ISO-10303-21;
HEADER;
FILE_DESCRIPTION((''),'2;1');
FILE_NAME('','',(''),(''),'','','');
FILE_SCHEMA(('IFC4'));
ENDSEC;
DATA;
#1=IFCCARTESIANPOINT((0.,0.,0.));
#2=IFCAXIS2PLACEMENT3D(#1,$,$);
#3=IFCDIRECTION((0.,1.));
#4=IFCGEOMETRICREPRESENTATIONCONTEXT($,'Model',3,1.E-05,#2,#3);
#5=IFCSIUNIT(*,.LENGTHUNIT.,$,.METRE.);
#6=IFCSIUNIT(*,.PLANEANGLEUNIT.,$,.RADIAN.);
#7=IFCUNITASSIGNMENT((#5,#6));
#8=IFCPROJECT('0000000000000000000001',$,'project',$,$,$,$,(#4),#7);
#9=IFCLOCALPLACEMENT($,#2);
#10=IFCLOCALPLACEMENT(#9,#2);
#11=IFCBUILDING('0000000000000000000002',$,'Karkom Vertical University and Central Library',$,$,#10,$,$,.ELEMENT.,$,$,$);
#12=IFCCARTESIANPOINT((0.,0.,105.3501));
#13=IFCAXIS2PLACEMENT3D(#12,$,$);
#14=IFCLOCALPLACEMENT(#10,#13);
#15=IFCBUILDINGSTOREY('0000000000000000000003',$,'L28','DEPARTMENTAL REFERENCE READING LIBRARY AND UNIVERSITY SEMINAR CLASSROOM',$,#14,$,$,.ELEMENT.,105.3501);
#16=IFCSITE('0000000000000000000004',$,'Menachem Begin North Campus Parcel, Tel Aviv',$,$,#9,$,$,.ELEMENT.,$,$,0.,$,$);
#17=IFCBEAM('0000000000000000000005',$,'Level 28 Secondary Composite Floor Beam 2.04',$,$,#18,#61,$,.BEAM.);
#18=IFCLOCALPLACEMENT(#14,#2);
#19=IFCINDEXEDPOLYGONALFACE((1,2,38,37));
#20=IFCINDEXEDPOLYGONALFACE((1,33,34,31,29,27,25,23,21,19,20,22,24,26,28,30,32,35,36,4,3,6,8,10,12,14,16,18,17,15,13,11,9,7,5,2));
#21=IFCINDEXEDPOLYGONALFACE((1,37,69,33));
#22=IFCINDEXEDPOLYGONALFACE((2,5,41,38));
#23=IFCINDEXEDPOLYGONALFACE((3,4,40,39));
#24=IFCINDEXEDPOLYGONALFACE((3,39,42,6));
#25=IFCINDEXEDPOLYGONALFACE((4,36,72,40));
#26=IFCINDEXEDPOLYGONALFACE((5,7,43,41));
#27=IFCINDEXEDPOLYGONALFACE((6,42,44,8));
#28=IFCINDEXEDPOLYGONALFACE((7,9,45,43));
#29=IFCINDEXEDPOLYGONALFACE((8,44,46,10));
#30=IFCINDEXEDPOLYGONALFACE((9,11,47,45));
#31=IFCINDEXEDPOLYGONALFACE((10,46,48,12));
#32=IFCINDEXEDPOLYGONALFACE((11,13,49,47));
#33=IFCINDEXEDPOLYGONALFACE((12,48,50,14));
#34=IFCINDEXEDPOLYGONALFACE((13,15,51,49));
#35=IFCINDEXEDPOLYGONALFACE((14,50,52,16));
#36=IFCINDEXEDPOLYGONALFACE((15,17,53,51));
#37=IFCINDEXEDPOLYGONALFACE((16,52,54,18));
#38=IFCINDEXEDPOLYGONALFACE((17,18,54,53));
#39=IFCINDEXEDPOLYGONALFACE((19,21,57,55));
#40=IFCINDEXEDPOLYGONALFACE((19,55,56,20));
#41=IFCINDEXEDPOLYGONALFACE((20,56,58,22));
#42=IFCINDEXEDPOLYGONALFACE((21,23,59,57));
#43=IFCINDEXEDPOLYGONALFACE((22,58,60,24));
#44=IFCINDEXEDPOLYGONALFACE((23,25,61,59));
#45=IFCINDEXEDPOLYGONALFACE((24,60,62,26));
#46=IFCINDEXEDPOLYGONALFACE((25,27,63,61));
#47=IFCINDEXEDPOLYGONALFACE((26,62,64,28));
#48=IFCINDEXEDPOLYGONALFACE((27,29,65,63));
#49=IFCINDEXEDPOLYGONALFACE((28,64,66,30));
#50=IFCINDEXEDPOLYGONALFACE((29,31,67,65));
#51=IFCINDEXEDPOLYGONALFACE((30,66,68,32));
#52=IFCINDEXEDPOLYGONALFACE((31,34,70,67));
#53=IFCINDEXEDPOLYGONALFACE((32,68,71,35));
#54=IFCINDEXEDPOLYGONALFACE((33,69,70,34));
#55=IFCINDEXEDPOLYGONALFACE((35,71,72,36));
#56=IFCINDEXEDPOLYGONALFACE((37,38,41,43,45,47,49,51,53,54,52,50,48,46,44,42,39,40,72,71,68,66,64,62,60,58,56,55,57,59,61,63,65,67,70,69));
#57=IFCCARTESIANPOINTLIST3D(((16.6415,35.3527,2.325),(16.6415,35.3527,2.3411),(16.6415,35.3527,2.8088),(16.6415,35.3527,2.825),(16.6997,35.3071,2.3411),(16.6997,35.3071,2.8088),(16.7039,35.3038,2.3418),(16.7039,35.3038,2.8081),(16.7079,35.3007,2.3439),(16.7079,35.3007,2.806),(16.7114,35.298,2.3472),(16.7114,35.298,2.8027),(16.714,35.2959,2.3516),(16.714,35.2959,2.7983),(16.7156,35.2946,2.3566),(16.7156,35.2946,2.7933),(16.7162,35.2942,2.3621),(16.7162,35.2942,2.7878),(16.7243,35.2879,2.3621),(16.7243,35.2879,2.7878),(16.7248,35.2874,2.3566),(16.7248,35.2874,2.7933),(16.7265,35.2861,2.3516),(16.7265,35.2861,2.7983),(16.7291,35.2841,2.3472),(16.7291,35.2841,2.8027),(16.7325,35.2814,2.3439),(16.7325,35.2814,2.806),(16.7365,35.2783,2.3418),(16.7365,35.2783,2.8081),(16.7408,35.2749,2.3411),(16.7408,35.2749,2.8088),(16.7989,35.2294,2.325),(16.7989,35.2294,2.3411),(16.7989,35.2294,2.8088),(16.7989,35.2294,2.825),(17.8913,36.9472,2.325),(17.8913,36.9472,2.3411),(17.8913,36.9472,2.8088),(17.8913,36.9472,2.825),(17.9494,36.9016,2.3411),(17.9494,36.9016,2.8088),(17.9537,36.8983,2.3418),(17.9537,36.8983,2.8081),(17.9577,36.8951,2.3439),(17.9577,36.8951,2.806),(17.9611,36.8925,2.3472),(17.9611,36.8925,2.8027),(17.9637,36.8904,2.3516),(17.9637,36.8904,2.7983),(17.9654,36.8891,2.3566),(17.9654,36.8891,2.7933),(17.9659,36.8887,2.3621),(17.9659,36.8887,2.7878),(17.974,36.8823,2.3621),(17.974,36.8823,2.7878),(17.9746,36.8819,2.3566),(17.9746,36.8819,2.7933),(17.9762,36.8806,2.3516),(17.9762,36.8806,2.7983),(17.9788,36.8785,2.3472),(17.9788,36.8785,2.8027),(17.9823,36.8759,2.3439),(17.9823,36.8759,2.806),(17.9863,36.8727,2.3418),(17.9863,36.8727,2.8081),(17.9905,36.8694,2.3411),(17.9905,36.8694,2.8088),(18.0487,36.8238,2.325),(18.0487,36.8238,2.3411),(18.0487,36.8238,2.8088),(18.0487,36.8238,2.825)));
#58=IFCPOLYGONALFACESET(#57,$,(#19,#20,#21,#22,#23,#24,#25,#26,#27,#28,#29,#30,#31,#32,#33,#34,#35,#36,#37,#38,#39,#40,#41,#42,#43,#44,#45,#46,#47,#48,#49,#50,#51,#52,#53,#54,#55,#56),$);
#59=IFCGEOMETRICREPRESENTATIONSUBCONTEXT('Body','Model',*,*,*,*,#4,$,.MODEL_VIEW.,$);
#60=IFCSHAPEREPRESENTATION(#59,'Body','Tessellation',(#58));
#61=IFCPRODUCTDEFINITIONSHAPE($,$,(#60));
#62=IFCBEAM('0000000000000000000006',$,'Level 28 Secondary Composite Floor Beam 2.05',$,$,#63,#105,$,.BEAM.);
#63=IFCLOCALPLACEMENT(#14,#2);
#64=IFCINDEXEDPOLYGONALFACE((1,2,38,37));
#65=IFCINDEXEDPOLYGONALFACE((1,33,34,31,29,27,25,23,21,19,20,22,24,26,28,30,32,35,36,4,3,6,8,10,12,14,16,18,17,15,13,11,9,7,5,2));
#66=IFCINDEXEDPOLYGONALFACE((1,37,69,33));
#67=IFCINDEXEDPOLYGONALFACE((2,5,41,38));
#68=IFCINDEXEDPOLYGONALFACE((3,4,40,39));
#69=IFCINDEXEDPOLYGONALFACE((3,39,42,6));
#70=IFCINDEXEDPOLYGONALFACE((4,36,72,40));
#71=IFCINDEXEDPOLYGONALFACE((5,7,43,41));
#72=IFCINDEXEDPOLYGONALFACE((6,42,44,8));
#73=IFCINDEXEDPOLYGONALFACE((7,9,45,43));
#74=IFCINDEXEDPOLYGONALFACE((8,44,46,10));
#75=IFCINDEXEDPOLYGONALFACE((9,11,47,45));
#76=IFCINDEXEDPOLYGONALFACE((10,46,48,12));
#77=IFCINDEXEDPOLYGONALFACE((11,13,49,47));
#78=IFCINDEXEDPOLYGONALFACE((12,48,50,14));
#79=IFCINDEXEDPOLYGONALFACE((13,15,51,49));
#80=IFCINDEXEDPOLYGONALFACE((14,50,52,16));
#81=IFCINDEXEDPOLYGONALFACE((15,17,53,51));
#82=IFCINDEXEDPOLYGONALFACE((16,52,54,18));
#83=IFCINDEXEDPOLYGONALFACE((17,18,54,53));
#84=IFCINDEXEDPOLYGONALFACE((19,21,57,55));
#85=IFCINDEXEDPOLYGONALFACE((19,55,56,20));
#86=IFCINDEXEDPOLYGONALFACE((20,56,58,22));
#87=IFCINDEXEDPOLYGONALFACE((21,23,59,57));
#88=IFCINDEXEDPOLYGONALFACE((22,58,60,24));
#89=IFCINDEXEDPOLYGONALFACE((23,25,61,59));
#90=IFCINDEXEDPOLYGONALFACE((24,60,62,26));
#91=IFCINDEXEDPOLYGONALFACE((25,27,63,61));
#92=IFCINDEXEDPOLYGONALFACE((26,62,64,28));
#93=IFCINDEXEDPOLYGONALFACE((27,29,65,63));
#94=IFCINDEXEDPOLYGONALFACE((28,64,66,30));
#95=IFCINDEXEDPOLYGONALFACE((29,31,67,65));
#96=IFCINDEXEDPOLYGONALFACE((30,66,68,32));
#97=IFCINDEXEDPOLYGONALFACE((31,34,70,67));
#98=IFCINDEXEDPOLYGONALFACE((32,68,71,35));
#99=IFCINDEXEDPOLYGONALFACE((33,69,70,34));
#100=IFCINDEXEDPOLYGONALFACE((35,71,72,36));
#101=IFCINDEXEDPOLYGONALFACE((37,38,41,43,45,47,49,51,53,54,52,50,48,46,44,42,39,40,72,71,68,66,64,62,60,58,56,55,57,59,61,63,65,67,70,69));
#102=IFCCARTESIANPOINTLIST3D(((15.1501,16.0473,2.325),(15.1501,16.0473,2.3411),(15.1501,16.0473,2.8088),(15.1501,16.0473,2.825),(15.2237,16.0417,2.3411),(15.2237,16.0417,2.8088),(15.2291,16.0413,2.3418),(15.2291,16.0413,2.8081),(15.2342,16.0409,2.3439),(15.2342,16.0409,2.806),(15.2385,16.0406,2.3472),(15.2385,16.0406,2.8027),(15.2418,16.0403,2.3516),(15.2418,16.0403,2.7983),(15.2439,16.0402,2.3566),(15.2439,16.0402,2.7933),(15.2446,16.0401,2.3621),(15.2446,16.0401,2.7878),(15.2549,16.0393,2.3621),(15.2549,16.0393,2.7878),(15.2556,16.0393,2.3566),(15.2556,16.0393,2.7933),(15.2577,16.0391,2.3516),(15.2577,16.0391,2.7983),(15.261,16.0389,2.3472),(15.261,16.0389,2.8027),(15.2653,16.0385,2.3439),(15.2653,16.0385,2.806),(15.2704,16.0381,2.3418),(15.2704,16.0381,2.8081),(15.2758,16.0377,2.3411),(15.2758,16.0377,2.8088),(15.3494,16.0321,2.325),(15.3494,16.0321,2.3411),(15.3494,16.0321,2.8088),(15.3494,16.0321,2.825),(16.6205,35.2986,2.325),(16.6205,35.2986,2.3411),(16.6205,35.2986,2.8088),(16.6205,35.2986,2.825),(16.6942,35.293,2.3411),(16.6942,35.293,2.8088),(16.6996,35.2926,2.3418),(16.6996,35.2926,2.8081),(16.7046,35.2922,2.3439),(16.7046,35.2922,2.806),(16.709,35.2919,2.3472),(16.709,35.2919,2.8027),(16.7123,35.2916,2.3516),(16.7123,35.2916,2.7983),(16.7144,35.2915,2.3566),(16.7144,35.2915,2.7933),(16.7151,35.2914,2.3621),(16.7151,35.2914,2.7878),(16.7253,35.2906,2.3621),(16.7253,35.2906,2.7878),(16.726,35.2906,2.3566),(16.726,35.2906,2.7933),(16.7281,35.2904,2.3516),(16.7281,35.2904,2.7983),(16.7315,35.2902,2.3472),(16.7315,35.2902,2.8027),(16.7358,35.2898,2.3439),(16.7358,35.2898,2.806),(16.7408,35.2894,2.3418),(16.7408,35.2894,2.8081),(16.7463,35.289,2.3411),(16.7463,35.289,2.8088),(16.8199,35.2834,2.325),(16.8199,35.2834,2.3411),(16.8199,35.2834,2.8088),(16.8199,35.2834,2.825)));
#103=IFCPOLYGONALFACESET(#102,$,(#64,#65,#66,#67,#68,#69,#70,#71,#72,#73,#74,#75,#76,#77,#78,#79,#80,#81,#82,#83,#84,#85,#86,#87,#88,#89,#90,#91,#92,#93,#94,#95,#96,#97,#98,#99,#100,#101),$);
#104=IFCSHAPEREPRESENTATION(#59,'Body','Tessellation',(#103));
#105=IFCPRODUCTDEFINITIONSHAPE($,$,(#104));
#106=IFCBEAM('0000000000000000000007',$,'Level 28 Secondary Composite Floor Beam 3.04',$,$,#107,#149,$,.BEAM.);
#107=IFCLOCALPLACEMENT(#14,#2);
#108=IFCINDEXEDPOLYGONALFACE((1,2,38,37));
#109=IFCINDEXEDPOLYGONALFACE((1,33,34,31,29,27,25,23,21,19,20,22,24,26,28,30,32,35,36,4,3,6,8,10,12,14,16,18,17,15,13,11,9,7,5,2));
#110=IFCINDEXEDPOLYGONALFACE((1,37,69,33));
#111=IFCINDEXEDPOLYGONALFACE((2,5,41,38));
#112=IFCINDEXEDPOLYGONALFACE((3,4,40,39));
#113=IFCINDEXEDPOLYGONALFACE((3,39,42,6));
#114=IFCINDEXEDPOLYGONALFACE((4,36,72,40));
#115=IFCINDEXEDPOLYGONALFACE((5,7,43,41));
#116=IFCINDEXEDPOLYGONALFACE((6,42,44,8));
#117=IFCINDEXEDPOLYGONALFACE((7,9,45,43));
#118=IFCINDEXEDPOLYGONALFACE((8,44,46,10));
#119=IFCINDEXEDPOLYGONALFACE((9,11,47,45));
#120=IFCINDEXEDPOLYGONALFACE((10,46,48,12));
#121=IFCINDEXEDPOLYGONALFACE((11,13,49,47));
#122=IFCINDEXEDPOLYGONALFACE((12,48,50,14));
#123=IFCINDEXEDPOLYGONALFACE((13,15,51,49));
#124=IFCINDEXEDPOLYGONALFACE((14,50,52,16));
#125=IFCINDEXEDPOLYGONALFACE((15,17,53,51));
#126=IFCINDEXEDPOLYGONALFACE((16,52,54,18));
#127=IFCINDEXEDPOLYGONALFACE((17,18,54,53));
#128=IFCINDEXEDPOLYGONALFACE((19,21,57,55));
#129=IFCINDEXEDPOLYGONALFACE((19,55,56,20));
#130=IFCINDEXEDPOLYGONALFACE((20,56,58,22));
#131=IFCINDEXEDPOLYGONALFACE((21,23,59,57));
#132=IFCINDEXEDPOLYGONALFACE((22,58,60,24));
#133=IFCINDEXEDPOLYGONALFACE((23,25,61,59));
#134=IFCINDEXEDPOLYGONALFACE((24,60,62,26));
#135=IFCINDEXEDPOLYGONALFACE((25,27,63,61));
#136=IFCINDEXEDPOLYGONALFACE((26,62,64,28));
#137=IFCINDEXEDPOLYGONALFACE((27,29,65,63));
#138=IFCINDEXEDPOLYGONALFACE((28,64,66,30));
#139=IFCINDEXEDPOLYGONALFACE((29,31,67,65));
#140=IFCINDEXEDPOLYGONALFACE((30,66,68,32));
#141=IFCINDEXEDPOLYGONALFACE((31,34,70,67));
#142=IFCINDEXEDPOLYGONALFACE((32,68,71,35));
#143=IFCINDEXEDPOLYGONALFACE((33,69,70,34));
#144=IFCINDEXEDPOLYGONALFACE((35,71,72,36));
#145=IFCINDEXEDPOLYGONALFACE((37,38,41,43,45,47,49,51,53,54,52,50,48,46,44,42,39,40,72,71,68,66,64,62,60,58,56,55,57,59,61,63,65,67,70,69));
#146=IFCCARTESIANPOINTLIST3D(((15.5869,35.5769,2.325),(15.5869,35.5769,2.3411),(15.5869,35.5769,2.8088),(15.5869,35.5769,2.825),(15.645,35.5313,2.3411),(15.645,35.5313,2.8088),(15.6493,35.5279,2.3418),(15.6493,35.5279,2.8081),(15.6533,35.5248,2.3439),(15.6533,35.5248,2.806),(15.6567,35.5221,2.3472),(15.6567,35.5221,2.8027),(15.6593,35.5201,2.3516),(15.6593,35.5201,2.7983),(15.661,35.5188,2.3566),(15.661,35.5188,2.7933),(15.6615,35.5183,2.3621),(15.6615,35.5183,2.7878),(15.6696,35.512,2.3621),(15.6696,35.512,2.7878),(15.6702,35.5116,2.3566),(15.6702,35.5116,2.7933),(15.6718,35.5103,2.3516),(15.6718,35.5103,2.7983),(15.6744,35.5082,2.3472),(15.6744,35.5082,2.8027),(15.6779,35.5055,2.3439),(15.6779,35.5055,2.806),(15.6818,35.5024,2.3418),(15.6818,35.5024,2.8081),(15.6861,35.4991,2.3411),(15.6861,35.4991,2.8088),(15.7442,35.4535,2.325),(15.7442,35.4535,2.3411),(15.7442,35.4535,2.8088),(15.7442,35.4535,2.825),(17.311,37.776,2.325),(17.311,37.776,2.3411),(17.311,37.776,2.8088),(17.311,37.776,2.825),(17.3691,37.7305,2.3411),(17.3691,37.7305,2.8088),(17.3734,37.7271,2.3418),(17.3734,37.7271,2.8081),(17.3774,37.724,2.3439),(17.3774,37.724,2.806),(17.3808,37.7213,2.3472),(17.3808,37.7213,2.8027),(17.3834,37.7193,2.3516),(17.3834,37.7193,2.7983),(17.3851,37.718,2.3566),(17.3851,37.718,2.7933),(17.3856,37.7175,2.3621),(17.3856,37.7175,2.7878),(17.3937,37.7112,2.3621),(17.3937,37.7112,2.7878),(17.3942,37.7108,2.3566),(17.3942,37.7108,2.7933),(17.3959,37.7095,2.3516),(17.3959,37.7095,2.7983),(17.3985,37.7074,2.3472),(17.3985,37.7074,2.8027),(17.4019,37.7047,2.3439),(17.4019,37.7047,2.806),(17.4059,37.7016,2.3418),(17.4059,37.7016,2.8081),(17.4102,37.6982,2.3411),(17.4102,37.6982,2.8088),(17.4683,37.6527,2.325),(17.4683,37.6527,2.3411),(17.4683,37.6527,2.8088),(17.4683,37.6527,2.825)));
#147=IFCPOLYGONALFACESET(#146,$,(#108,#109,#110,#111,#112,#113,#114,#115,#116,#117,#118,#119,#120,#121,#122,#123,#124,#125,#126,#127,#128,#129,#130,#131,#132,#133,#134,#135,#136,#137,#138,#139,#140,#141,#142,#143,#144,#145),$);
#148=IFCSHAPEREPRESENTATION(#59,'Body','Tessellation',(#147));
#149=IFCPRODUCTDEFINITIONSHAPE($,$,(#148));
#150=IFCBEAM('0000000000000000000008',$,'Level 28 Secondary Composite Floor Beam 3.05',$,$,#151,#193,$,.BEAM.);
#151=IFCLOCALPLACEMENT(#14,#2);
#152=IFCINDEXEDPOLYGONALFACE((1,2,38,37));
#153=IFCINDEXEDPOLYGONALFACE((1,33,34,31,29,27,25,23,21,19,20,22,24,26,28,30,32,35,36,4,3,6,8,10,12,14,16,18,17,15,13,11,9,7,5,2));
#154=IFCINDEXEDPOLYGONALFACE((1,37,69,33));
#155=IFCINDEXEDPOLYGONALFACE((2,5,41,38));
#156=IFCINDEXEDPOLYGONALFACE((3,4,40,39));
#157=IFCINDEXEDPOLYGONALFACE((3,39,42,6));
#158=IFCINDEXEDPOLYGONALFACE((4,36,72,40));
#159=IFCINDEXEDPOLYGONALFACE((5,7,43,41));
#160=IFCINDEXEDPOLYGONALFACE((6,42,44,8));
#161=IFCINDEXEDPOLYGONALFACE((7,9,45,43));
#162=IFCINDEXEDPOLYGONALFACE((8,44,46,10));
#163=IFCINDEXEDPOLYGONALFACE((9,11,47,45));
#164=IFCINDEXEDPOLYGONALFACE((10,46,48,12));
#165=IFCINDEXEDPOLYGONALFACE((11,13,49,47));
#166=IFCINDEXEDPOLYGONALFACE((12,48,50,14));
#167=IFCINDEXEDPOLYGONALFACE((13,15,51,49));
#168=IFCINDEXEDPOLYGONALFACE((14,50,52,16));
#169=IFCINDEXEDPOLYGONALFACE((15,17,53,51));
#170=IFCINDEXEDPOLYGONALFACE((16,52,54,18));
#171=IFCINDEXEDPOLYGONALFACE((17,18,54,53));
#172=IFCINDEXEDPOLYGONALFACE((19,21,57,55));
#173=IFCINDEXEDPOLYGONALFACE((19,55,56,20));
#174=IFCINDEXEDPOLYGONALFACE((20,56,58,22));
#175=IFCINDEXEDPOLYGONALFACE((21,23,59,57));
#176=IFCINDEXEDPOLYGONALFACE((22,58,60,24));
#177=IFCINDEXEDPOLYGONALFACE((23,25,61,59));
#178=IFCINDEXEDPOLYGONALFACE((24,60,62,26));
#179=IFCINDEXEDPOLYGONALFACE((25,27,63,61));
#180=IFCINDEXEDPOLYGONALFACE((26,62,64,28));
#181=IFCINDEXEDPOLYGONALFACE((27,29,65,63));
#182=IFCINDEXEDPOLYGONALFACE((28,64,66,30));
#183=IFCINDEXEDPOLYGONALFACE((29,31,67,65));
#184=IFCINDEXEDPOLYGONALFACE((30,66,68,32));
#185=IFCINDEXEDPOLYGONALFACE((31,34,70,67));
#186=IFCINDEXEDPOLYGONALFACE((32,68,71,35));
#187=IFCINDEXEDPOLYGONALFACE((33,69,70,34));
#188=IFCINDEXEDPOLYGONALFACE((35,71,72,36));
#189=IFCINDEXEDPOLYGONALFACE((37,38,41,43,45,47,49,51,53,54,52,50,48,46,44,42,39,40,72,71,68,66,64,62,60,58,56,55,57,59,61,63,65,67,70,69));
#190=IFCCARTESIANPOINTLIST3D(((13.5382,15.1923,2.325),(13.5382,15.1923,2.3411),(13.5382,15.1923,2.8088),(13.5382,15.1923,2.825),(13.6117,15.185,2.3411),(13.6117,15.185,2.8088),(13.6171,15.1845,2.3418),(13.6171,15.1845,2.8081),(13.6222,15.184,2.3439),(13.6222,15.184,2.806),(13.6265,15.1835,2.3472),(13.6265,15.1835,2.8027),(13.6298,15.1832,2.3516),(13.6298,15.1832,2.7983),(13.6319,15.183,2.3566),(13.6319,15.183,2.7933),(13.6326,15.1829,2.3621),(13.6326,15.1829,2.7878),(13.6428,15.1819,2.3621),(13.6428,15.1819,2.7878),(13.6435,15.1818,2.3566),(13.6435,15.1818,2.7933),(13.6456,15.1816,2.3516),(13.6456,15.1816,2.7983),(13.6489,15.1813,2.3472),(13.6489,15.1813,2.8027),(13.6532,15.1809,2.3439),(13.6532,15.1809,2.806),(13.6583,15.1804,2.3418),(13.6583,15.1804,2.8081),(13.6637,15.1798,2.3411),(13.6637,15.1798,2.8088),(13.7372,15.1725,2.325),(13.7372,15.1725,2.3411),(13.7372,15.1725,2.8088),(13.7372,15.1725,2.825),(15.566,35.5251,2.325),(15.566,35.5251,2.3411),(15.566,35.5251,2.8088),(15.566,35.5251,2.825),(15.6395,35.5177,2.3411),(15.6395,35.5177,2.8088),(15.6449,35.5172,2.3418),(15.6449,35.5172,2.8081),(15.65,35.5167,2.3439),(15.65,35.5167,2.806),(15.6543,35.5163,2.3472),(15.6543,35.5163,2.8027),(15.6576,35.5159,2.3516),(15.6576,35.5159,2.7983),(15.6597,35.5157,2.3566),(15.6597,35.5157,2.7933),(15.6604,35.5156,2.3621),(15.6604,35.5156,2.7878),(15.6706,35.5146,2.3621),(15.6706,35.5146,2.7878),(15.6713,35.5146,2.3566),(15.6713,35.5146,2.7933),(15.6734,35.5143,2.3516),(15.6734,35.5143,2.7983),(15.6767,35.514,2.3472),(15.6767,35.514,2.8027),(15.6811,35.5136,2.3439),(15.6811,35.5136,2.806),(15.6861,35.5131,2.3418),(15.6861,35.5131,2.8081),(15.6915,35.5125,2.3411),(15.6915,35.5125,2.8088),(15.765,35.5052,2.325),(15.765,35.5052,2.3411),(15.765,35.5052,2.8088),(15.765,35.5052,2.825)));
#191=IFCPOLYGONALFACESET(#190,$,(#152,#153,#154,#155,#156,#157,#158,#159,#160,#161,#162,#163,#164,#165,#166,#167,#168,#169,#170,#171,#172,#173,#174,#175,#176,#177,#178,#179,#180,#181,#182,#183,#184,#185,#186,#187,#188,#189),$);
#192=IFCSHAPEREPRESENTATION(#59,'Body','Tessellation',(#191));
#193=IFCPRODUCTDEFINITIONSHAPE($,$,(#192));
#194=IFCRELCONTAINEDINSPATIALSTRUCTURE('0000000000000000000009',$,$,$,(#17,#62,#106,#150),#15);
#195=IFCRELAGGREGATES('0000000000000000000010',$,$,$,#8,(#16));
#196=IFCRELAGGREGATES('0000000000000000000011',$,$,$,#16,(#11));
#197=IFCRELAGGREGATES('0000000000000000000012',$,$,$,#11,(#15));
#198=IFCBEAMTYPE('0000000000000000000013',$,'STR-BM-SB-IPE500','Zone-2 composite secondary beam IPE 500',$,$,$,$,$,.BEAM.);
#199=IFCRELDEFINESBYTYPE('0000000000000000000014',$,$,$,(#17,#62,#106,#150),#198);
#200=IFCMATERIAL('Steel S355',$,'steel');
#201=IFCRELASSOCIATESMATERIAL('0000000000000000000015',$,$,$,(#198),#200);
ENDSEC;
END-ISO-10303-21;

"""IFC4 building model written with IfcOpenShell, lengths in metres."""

from ifc_helpers import new_model, si_unit, direction, frame, origin, origin_with_axes, origin_2d, place, context, subcontext, project, spatial, i_section, extrude, source, transform, mapped, material, material_profile, profile_set, type_object, element, save


model = new_model("IFC4")

# Units and contexts
model_context = context("Model", 3, precision=1e-05, world=origin(), true_north=direction((0.0, 1.0)))
body_context = subcontext(model_context, "Body", "Model", "MODEL_VIEW")
ifc_project = project(units=[si_unit("LENGTHUNIT", "METRE"), si_unit("PLANEANGLEUNIT", "RADIAN")], contexts=[model_context])

# Site, building, storey
site_placement = place(None, origin())
site = spatial("IfcSite", under=ifc_project, at=site_placement, Name="Menachem Begin North Campus Parcel, Tel Aviv", CompositionType="ELEMENT", RefElevation=0.0)
building_placement = place(site_placement, origin())
building = spatial("IfcBuilding", under=site, at=building_placement, Name="Karkom Vertical University and Central Library", CompositionType="ELEMENT")
storey_placement = place(building_placement, frame((0.0, 0.0, 105.3501)))
storey = spatial("IfcBuildingStorey", under=building, at=storey_placement, Name="L28", Description="DEPARTMENTAL REFERENCE READING LIBRARY AND UNIVERSITY SEMINAR CLASSROOM", CompositionType="ELEMENT", Elevation=105.3501)

# Beams
ifc_material_1 = material(Name="Steel S355", Category="steel")
ifc_material_profile_1 = material_profile(ifc_material_1, i_section(OverallWidth=0.2, OverallDepth=0.5, WebThickness=0.0103, FlangeThickness=0.0161, FilletRadius=0.021, at=origin_2d()), Name="IPE 500")
ifc_profile_set_1 = profile_set([ifc_material_profile_1], Name="Steel S355")
beam_type_1 = type_object("IfcBeamType", Name="STR-BM-SB-IPE500", Description="Zone-2 composite secondary beam IPE 500", PredefinedType="BEAM", material=ifc_profile_set_1)
shared_shape_1 = source(origin_with_axes(), body_context, "Body", "SweptSolid", [
    extrude(i_section(OverallWidth=0.2, OverallDepth=0.5, WebThickness=0.0103, FlangeThickness=0.0161, FilletRadius=0.021, at=origin_2d()), origin(), (0.0, 0.0, 1.0), 2.0259),
])
beam_1_placement = place(storey_placement, frame((17.97, 36.8855, 2.575), z_axis=(-0.61689, -0.78705, 0.0), x_axis=(0.78705, -0.61689, 0.0)))
element("IfcBeam", 1, at=beam_1_placement, inside=storey, type_object=beam_type_1, Name="Level 28 Secondary Composite Floor Beam 2.04", PredefinedType="BEAM", context=body_context, shape_type="MappedRepresentation", body=[
    mapped(shared_shape_1, transform((0.0, 0.0, 0.0), scale=1.0)),
])
shared_shape_2 = source(origin_with_axes(), body_context, "Body", "SweptSolid", [
    extrude(i_section(OverallWidth=0.2, OverallDepth=0.5, WebThickness=0.0103, FlangeThickness=0.0161, FilletRadius=0.021, at=origin_2d()), origin(), (0.0, 0.0, 1.0), 19.3074),
])
beam_2_placement = place(storey_placement, frame((16.7202, 35.291, 2.575), z_axis=(-0.076161, -0.997096, 0.0), x_axis=(0.997096, -0.076161, 0.0)))
element("IfcBeam", 2, at=beam_2_placement, inside=storey, type_object=beam_type_1, Name="Level 28 Secondary Composite Floor Beam 2.05", PredefinedType="BEAM", context=body_context, shape_type="MappedRepresentation", body=[
    mapped(shared_shape_2, transform((0.0, 0.0, 0.0), scale=1.0)),
])
shared_shape_3 = source(origin_with_axes(), body_context, "Body", "SweptSolid", [
    extrude(i_section(OverallWidth=0.2, OverallDepth=0.5, WebThickness=0.0103, FlangeThickness=0.0161, FilletRadius=0.021, at=origin_2d()), origin(), (0.0, 0.0, 1.0), 2.7944),
])
beam_3_placement = place(storey_placement, frame((17.3896, 37.7144, 2.575), z_axis=(-0.616972, -0.786985, 0.0), x_axis=(0.786985, -0.616972, 0.0)))
element("IfcBeam", 3, at=beam_3_placement, inside=storey, type_object=beam_type_1, Name="Level 28 Secondary Composite Floor Beam 3.04", PredefinedType="BEAM", context=body_context, shape_type="MappedRepresentation", body=[
    mapped(shared_shape_3, transform((0.0, 0.0, 0.0), scale=1.0)),
])
shared_shape_4 = source(origin_with_axes(), body_context, "Body", "SweptSolid", [
    extrude(i_section(OverallWidth=0.2, OverallDepth=0.5, WebThickness=0.0103, FlangeThickness=0.0161, FilletRadius=0.021, at=origin_2d()), origin(), (0.0, 0.0, 1.0), 20.4336),
])
beam_4_placement = place(storey_placement, frame((15.6655, 35.5151, 2.575), z_axis=(-0.09924, -0.995064, 0.0), x_axis=(0.995064, -0.09924, 0.0)))
element("IfcBeam", 4, at=beam_4_placement, inside=storey, type_object=beam_type_1, Name="Level 28 Secondary Composite Floor Beam 3.05", PredefinedType="BEAM", context=body_context, shape_type="MappedRepresentation", body=[
    mapped(shared_shape_4, transform((0.0, 0.0, 0.0), scale=1.0)),
])

save(model, "model.ifc")
